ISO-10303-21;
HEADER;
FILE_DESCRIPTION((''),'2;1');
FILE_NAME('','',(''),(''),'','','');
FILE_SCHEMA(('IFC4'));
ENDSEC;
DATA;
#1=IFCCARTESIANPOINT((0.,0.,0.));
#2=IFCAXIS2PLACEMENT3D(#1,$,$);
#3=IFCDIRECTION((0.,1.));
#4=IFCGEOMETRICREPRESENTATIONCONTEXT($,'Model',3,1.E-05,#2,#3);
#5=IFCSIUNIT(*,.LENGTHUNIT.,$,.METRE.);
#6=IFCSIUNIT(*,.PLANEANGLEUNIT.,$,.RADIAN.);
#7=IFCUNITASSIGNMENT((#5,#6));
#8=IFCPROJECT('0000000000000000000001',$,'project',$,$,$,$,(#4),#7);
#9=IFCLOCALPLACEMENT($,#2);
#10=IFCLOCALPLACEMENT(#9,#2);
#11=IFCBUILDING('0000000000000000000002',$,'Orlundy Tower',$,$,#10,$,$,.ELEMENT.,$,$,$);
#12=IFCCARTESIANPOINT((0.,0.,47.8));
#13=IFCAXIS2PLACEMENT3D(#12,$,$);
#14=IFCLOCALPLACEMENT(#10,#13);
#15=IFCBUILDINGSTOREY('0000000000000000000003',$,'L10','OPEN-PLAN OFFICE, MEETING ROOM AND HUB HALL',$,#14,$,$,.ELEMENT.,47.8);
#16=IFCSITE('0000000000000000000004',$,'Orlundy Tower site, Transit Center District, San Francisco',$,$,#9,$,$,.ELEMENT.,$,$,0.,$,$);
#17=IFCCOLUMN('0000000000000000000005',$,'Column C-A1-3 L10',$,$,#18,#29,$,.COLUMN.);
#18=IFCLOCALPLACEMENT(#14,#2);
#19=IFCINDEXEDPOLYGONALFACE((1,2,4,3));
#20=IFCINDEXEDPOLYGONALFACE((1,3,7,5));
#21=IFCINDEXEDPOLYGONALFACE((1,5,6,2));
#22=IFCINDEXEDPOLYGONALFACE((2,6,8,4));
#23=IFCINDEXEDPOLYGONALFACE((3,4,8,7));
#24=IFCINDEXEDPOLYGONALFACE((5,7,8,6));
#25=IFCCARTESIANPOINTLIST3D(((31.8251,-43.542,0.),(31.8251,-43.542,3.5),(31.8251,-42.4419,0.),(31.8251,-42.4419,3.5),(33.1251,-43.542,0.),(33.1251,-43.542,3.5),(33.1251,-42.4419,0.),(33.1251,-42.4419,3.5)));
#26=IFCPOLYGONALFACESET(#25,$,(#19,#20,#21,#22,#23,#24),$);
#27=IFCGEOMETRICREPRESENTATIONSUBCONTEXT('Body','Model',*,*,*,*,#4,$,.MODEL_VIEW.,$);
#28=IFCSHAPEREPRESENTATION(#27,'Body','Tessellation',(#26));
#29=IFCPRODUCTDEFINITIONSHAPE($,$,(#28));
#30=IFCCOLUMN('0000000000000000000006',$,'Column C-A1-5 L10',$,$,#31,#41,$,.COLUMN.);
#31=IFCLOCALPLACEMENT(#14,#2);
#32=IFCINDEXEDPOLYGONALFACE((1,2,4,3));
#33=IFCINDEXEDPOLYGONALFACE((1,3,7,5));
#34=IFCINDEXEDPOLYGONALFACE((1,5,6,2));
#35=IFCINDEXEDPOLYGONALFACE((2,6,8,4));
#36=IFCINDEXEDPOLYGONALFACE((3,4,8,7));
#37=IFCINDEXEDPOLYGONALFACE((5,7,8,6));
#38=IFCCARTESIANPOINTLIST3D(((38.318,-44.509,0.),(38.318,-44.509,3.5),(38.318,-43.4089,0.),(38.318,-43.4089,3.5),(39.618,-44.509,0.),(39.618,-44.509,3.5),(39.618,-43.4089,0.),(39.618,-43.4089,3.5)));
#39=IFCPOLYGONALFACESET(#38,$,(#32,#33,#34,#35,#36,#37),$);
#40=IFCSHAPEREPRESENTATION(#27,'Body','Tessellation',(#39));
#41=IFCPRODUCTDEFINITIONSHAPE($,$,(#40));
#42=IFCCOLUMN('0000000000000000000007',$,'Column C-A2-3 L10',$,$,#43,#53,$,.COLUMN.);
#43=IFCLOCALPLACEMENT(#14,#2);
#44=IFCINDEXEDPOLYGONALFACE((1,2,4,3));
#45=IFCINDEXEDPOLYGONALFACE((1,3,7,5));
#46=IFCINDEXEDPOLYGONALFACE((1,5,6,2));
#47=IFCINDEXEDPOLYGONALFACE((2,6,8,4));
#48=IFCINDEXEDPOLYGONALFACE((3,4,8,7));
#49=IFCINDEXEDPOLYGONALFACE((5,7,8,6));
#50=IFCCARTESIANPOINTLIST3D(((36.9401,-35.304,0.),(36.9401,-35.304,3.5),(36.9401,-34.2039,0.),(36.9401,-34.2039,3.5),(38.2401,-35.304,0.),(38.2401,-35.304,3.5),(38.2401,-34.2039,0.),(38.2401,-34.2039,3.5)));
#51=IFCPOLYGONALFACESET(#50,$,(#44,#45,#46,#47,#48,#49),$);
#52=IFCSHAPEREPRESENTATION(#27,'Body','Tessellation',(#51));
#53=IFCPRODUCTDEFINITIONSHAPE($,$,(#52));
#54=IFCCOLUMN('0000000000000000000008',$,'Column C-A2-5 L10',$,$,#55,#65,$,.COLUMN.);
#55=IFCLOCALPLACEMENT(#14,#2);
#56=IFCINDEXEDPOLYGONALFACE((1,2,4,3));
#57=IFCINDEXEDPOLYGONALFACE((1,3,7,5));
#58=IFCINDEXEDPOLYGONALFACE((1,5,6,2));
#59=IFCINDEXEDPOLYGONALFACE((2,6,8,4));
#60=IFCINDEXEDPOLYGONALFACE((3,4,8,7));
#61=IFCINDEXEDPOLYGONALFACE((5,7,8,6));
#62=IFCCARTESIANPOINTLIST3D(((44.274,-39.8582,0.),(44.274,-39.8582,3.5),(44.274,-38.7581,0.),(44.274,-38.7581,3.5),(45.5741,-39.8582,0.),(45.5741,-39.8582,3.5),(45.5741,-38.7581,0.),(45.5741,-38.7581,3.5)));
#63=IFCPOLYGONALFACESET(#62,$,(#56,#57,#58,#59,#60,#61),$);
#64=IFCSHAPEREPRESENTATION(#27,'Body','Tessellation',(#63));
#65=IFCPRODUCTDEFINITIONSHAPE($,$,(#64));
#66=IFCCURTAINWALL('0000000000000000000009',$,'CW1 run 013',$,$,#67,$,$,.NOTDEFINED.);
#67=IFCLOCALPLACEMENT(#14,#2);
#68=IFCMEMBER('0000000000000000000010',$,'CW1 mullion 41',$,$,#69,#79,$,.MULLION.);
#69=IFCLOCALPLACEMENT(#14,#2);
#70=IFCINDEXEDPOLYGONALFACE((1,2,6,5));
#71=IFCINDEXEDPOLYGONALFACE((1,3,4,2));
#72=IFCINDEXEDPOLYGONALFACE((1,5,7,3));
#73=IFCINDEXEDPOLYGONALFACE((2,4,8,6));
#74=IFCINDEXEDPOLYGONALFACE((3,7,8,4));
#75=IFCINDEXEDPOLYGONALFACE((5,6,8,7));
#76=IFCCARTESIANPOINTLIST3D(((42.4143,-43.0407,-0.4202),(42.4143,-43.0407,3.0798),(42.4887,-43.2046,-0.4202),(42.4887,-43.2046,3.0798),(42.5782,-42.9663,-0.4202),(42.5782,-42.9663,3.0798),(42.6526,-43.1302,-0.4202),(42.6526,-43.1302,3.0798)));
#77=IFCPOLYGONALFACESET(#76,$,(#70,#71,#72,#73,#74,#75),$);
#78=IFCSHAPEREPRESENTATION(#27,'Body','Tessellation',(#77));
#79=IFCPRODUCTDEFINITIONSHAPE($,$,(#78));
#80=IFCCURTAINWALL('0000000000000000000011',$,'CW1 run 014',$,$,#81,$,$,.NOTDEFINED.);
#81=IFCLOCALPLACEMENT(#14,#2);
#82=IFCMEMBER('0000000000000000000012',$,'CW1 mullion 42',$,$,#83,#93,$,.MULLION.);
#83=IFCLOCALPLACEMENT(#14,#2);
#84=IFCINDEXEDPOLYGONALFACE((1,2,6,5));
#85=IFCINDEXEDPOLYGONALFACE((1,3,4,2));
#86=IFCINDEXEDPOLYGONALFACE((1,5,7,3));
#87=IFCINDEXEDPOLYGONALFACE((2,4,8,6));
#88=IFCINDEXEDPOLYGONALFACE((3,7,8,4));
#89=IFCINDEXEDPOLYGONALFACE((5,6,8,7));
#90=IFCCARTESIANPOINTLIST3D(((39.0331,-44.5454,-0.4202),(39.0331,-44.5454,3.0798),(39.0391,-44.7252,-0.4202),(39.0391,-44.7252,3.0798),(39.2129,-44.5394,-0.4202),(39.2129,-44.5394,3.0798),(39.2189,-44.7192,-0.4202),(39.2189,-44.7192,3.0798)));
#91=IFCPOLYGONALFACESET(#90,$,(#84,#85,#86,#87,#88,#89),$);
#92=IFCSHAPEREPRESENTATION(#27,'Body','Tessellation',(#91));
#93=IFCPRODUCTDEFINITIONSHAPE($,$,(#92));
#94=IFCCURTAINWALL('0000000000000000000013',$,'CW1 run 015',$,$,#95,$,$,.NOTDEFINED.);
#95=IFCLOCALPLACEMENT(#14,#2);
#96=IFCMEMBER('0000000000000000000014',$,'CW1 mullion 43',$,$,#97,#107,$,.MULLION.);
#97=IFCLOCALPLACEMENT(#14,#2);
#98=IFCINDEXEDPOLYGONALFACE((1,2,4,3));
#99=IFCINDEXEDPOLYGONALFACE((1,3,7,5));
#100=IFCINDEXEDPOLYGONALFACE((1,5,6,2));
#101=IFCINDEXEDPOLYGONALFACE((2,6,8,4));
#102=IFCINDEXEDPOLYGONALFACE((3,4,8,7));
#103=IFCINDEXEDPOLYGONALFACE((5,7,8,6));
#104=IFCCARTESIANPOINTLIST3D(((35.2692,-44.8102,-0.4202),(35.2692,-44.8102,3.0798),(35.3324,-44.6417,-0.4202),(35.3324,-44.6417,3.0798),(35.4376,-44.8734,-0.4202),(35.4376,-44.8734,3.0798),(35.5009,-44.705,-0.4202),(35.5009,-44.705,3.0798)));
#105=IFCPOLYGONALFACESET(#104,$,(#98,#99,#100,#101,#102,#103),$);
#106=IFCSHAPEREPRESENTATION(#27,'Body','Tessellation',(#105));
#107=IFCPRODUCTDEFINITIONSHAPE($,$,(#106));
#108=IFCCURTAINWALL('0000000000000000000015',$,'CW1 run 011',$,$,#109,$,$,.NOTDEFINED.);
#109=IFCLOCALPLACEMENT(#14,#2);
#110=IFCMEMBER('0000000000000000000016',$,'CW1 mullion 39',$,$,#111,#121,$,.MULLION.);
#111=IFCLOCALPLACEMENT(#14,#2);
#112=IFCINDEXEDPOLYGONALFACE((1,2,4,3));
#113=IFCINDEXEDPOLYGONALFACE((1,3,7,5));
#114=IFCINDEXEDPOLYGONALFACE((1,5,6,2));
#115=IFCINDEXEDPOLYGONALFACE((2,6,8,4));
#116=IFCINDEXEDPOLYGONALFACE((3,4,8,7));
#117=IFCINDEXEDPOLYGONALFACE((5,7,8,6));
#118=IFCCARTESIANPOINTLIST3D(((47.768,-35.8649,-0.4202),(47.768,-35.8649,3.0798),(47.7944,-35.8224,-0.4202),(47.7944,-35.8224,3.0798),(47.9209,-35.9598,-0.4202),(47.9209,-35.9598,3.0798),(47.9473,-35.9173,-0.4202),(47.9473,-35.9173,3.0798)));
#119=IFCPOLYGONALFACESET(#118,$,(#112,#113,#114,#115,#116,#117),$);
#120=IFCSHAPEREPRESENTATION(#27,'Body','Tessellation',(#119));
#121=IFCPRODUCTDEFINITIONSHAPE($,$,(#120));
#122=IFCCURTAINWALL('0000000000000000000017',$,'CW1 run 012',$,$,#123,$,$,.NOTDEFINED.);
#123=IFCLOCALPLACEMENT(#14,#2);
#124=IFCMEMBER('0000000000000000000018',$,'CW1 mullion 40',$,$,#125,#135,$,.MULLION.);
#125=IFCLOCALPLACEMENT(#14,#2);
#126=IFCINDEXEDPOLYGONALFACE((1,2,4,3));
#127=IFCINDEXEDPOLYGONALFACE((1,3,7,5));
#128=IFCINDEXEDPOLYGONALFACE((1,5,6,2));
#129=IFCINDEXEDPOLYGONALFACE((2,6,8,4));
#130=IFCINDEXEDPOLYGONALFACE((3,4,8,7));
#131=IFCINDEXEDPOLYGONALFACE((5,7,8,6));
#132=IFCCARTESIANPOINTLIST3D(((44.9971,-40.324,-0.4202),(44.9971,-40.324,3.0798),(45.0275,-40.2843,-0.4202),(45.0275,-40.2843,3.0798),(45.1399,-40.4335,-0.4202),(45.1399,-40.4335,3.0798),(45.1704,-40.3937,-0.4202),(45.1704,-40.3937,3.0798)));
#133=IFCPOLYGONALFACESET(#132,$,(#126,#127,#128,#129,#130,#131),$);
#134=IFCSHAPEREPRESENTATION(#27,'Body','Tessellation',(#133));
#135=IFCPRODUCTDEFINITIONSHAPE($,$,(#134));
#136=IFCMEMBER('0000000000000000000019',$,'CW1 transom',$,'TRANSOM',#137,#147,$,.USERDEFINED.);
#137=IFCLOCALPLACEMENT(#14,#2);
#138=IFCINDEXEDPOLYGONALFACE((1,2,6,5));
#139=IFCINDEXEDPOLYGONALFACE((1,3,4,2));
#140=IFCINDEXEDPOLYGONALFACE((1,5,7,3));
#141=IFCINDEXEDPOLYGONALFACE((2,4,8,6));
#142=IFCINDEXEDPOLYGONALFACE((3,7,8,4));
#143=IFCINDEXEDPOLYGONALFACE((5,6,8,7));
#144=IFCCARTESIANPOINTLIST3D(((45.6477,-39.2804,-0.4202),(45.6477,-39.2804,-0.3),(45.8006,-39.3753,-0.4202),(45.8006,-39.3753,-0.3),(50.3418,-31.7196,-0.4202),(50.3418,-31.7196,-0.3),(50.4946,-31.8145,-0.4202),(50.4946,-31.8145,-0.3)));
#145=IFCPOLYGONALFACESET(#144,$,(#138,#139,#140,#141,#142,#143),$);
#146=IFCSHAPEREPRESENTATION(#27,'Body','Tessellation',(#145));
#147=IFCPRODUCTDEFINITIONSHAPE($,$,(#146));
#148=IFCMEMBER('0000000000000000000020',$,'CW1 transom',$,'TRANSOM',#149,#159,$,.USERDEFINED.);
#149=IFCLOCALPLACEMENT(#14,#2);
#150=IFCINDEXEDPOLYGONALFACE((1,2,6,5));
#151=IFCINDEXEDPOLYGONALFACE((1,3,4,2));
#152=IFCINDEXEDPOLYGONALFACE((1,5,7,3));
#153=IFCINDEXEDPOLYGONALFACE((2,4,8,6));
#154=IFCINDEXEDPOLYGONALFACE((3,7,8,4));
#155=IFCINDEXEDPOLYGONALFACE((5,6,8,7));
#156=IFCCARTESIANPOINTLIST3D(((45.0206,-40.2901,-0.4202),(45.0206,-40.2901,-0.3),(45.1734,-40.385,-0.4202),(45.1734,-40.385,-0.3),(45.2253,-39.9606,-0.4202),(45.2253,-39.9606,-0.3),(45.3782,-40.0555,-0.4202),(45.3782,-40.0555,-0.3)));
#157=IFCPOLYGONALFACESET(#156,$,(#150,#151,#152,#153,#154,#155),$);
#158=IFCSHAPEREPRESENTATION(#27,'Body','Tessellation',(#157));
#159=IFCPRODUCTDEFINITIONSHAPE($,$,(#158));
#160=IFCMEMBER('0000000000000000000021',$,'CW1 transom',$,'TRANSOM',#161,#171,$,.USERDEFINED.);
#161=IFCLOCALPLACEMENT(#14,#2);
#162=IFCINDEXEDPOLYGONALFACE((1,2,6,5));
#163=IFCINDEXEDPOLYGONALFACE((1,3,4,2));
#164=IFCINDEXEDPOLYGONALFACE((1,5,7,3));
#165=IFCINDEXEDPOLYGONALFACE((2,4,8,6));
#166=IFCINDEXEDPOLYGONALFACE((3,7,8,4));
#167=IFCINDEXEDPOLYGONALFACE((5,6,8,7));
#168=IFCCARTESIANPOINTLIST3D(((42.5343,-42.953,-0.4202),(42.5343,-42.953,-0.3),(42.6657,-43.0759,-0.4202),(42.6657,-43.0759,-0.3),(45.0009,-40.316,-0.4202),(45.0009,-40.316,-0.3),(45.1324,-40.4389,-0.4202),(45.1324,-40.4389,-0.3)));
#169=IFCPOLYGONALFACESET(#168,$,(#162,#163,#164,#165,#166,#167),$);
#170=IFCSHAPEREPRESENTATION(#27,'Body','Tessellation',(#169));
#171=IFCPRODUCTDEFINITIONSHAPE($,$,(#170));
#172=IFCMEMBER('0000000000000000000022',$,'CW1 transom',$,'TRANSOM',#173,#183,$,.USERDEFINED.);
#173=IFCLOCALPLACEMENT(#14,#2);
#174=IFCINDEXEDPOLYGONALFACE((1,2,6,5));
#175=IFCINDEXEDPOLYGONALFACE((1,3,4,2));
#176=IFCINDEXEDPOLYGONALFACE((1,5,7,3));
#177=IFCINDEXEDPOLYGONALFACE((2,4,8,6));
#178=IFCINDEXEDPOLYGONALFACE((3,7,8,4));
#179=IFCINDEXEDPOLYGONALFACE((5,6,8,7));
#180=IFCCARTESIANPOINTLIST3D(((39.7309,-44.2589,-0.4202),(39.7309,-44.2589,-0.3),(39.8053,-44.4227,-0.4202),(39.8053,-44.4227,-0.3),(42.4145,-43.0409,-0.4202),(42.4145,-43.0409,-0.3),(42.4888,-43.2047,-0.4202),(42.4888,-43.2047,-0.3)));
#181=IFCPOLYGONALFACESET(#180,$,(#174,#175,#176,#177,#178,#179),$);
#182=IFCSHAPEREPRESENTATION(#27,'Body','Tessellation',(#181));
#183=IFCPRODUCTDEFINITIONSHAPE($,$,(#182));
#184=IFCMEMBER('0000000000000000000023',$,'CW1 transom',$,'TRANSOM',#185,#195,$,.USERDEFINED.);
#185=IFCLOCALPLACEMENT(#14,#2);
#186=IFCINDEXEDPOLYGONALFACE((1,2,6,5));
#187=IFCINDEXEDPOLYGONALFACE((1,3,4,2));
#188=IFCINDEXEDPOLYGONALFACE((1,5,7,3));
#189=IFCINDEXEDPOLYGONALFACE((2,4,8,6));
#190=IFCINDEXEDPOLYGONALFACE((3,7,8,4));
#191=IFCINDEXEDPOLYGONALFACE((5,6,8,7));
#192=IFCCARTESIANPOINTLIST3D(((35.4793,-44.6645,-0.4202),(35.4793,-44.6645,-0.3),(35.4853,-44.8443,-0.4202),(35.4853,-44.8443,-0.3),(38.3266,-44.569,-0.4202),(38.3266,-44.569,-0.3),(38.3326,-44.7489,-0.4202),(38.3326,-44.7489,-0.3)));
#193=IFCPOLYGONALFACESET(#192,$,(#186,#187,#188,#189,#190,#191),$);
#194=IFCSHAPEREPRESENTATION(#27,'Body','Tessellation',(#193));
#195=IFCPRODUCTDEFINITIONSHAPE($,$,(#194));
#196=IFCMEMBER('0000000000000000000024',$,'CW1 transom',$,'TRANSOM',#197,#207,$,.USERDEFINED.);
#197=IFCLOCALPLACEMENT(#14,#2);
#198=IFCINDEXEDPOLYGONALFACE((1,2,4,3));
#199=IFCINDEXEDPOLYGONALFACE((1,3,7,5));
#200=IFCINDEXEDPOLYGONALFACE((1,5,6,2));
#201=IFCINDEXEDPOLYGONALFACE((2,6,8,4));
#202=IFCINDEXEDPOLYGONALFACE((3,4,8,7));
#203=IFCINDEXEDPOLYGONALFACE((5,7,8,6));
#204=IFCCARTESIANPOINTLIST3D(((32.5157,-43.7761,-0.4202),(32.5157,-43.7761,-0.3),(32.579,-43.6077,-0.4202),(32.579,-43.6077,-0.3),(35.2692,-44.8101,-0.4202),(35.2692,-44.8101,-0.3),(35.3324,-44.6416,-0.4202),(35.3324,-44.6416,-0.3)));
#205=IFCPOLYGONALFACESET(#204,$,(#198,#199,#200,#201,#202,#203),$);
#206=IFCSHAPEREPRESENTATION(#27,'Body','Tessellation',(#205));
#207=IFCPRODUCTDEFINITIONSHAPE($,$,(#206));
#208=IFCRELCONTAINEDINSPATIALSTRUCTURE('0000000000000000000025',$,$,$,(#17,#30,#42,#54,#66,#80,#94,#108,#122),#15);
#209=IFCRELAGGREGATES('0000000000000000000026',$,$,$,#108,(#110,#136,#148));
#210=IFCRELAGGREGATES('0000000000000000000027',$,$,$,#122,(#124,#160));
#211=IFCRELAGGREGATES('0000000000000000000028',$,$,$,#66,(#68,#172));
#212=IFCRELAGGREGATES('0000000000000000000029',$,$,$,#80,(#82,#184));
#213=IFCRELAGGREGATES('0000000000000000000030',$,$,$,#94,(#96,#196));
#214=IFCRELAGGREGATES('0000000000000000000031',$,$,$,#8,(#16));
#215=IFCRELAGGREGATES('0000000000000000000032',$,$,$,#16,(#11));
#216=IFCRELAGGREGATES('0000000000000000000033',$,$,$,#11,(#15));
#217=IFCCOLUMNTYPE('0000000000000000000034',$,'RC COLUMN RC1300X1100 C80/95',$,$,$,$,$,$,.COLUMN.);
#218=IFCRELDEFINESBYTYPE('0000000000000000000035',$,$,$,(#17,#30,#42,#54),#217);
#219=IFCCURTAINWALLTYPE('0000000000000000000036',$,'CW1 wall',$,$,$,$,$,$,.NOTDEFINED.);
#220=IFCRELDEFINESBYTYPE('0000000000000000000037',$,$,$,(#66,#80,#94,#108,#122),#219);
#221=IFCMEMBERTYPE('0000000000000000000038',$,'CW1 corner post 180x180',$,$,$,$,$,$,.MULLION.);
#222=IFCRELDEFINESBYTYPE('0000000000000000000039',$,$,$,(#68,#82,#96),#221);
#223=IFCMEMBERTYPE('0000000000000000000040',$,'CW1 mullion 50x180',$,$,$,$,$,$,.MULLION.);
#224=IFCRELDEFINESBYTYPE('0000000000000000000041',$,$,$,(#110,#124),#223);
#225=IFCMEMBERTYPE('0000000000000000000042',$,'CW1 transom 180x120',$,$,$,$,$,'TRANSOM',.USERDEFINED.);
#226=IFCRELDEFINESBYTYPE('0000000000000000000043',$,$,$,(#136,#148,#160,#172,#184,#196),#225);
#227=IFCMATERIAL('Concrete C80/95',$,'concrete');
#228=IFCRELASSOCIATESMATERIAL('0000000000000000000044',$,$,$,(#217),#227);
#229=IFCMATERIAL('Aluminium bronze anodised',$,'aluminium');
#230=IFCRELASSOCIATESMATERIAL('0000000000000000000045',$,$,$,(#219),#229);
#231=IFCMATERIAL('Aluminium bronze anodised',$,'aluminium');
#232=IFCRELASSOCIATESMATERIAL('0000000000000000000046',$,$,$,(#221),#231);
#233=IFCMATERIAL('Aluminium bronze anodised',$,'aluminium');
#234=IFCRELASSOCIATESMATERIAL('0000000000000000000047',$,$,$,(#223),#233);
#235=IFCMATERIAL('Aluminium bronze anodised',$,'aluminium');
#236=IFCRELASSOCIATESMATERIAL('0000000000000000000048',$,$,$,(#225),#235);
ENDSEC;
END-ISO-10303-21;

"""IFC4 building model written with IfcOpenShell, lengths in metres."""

from ifc_helpers import new_model, si_unit, direction, frame, origin, origin_2d, place, context, subcontext, project, spatial, rectangle, extrude, material, material_profile, profile_set, type_object, element, aggregate, save


model = new_model("IFC4")

# Units and contexts
model_context = context("Model", 3, precision=1e-05, world=origin(), true_north=direction((0.0, 1.0)))
body_context = subcontext(model_context, "Body", "Model", "MODEL_VIEW")
ifc_project = project(units=[si_unit("LENGTHUNIT", "METRE"), si_unit("PLANEANGLEUNIT", "RADIAN")], contexts=[model_context])

# Site, building, storey
site_placement = place(None, origin())
site = spatial("IfcSite", under=ifc_project, at=site_placement, Name="Orlundy Tower site, Transit Center District, San Francisco", CompositionType="ELEMENT", RefElevation=0.0)
building_placement = place(site_placement, origin())
building = spatial("IfcBuilding", under=site, at=building_placement, Name="Orlundy Tower", CompositionType="ELEMENT")
storey_placement = place(building_placement, frame((0.0, 0.0, 47.8)))
storey = spatial("IfcBuildingStorey", under=building, at=storey_placement, Name="L10", Description="OPEN-PLAN OFFICE, MEETING ROOM AND HUB HALL", CompositionType="ELEMENT", Elevation=47.8)

# Columns
ifc_material_1 = material(Name="Concrete C80/95", Category="concrete")
ifc_material_profile_1 = material_profile(ifc_material_1, rectangle(XDim=1.3, YDim=1.1001, at=origin_2d()), Name="RC1300X1100")
ifc_profile_set_1 = profile_set([ifc_material_profile_1], Name="Concrete C80/95")
column_type = type_object("IfcColumnType", Name="RC COLUMN RC1300X1100 C80/95", PredefinedType="COLUMN", material=ifc_profile_set_1)
for number, where, z_axis, x_axis, name in (
    (1, (32.4751, -42.9919, 0.0), (0.0, 0.0, 1.0), (1.0, 0.0, 0.0), "Column C-A1-3 L10"),
    (2, (38.968, -43.959, 0.0), (0.0, 0.0, 1.0), (1.0, 0.0, 0.0), "Column C-A1-5 L10"),
    (3, (37.5901, -34.7539, 0.0), (0.0, 0.0, 1.0), (1.0, 0.0, 0.0), "Column C-A2-3 L10"),
    (4, (44.9241, -39.3081, 0.0), (0.0, 0.0, 1.0), (1.0, 0.0, 0.0), "Column C-A2-5 L10"),
):
    element("IfcColumn", number, at=place(storey_placement, frame(where, z_axis=z_axis, x_axis=x_axis)), inside=storey, type_object=column_type, Name=name, PredefinedType="COLUMN", context=body_context, shape_type="SweptSolid", body=[
        extrude(rectangle(XDim=1.3, YDim=1.1001, at=origin_2d()), origin(), (0.0, 0.0, 1.0), 3.5),
    ])

# Curtain walls, members
ifc_material_2 = material(Name="Aluminium bronze anodised", Category="aluminium")
curtain_wall_type = type_object("IfcCurtainWallType", Name="CW1 wall", PredefinedType="NOTDEFINED", material=ifc_material_2)
curtain_wall_1_placement = place(storey_placement, origin())
curtain_wall_1 = element("IfcCurtainWall", 5, at=curtain_wall_1_placement, inside=storey, type_object=curtain_wall_type, Name="CW1 run 013", PredefinedType="NOTDEFINED")
ifc_material_3 = material(Name="Aluminium bronze anodised", Category="aluminium")
ifc_material_profile_2 = material_profile(ifc_material_3, rectangle(XDim=0.1799, YDim=0.1799, at=origin_2d()), Name="CW1 corner post 180x180")
ifc_profile_set_2 = profile_set([ifc_material_profile_2], Name="Aluminium bronze anodised")
member_type_1 = type_object("IfcMemberType", Name="CW1 corner post 180x180", PredefinedType="MULLION", material=ifc_profile_set_2)
member_1_placement = place(storey_placement, frame((42.5334, -43.0854, -0.4202), z_axis=(0.0, 0.0, 1.0), x_axis=(0.413335, -0.910579, 0.0)))
member_1 = element("IfcMember", 6, at=member_1_placement, type_object=member_type_1, Name="CW1 mullion 41", PredefinedType="MULLION", context=body_context, shape_type="SweptSolid", body=[
    extrude(rectangle(XDim=0.1799, YDim=0.1799, at=origin_2d()), origin(), (0.0, 0.0, 1.0), 3.5),
])
curtain_wall_2_placement = place(storey_placement, origin())
curtain_wall_2 = element("IfcCurtainWall", 7, at=curtain_wall_2_placement, inside=storey, type_object=curtain_wall_type, Name="CW1 run 014", PredefinedType="NOTDEFINED")
member_2_placement = place(storey_placement, frame((39.126, -44.6323, -0.4202), z_axis=(0.0, 0.0, 1.0), x_axis=(0.03345, -0.99944, 0.0)))
member_2 = element("IfcMember", 8, at=member_2_placement, type_object=member_type_1, Name="CW1 mullion 42", PredefinedType="MULLION", context=body_context, shape_type="SweptSolid", body=[
    extrude(rectangle(XDim=0.1799, YDim=0.1799, at=origin_2d()), origin(), (0.0, 0.0, 1.0), 3.5),
])
curtain_wall_3_placement = place(storey_placement, origin())
curtain_wall_3 = element("IfcCurtainWall", 9, at=curtain_wall_3_placement, inside=storey, type_object=curtain_wall_type, Name="CW1 run 015", PredefinedType="NOTDEFINED")
member_3_placement = place(storey_placement, frame((35.385, -44.7576, -0.4202), z_axis=(0.0, 0.0, 1.0), x_axis=(-0.351537, -0.936174, 0.0)))
member_3 = element("IfcMember", 10, at=member_3_placement, type_object=member_type_1, Name="CW1 mullion 43", PredefinedType="MULLION", context=body_context, shape_type="SweptSolid", body=[
    extrude(rectangle(XDim=0.1799, YDim=0.1799, at=origin_2d()), origin(), (0.0, 0.0, 1.0), 3.5),
])
curtain_wall_4_placement = place(storey_placement, origin())
curtain_wall_4 = element("IfcCurtainWall", 11, at=curtain_wall_4_placement, inside=storey, type_object=curtain_wall_type, Name="CW1 run 011", PredefinedType="NOTDEFINED")
ifc_material_4 = material(Name="Aluminium bronze anodised", Category="aluminium")
ifc_material_profile_3 = material_profile(ifc_material_4, rectangle(XDim=0.1799, YDim=0.05, at=origin_2d()), Name="CW1 mullion 50x180")
ifc_profile_set_3 = profile_set([ifc_material_profile_3], Name="Aluminium bronze anodised")
member_type_2 = type_object("IfcMemberType", Name="CW1 mullion 50x180", PredefinedType="MULLION", material=ifc_profile_set_3)
member_4_placement = place(storey_placement, frame((47.8577, -35.8911, -0.4202), z_axis=(0.0, 0.0, 1.0), x_axis=(0.84957, -0.527475, 0.0)))
member_4 = element("IfcMember", 12, at=member_4_placement, type_object=member_type_2, Name="CW1 mullion 39", PredefinedType="MULLION", context=body_context, shape_type="SweptSolid", body=[
    extrude(rectangle(XDim=0.1799, YDim=0.05, at=origin_2d()), origin(), (0.0, 0.0, 1.0), 3.5),
])
curtain_wall_5_placement = place(storey_placement, origin())
curtain_wall_5 = element("IfcCurtainWall", 13, at=curtain_wall_5_placement, inside=storey, type_object=curtain_wall_type, Name="CW1 run 012", PredefinedType="NOTDEFINED")
member_5_placement = place(storey_placement, frame((45.0837, -40.3589, -0.4202), z_axis=(0.0, 0.0, 1.0), x_axis=(0.793768, -0.60822, 0.0)))
member_5 = element("IfcMember", 14, at=member_5_placement, type_object=member_type_2, Name="CW1 mullion 40", PredefinedType="MULLION", context=body_context, shape_type="SweptSolid", body=[
    extrude(rectangle(XDim=0.1799, YDim=0.05, at=origin_2d()), origin(), (0.0, 0.0, 1.0), 3.5),
])

# Members
ifc_material_5 = material(Name="Aluminium bronze anodised", Category="aluminium")
ifc_material_profile_4 = material_profile(ifc_material_5, rectangle(XDim=0.1799, YDim=0.1201, at=origin_2d()), Name="CW1 transom 180x120")
ifc_profile_set_4 = profile_set([ifc_material_profile_4], Name="Aluminium bronze anodised")
member_type_3 = type_object("IfcMemberType", Name="CW1 transom 180x120", ElementType="TRANSOM", PredefinedType="USERDEFINED", material=ifc_profile_set_4)
member_6_placement = place(storey_placement, frame((50.4182, -31.7671, -0.3601), z_axis=(-0.527459, -0.84958, 0.0), x_axis=(0.84958, -0.527459, 0.0)))
member_6 = element("IfcMember", 15, at=member_6_placement, type_object=member_type_3, Name="CW1 transom", ObjectType="TRANSOM", PredefinedType="USERDEFINED", context=body_context, shape_type="SweptSolid", body=[
    extrude(rectangle(XDim=0.1799, YDim=0.1201, at=origin_2d()), origin(), (0.0, 0.0, 1.0), 8.8994),
])
member_7_placement = place(storey_placement, frame((45.3018, -40.0081, -0.3601), z_axis=(-0.527848, -0.849339, 0.0), x_axis=(0.849339, -0.527848, 0.0)))
member_7 = element("IfcMember", 16, at=member_7_placement, type_object=member_type_3, Name="CW1 transom", ObjectType="TRANSOM", PredefinedType="USERDEFINED", context=body_context, shape_type="SweptSolid", body=[
    extrude(rectangle(XDim=0.1799, YDim=0.1201, at=origin_2d()), origin(), (0.0, 0.0, 1.0), 0.3879),
])
member_8_placement = place(storey_placement, frame((45.0667, -40.3774, -0.3601), z_axis=(-0.683115, -0.730311, 0.0), x_axis=(0.730311, -0.683115, 0.0)))
member_8 = element("IfcMember", 17, at=member_8_placement, type_object=member_type_3, Name="CW1 transom", ObjectType="TRANSOM", PredefinedType="USERDEFINED", context=body_context, shape_type="SweptSolid", body=[
    extrude(rectangle(XDim=0.1799, YDim=0.1201, at=origin_2d()), origin(), (0.0, 0.0, 1.0), 3.6108),
])
member_9_placement = place(storey_placement, frame((42.4517, -43.1228, -0.3601), z_axis=(-0.910596, -0.413297, 0.0), x_axis=(0.413297, -0.910596, 0.0)))
member_9 = element("IfcMember", 18, at=member_9_placement, type_object=member_type_3, Name="CW1 transom", ObjectType="TRANSOM", PredefinedType="USERDEFINED", context=body_context, shape_type="SweptSolid", body=[
    extrude(rectangle(XDim=0.1799, YDim=0.1201, at=origin_2d()), origin(), (0.0, 0.0, 1.0), 2.947),
])
member_10_placement = place(storey_placement, frame((38.3296, -44.6589, -0.3601), z_axis=(-0.999438, -0.033509, 0.0), x_axis=(0.033509, -0.999438, 0.0)))
member_10 = element("IfcMember", 19, at=member_10_placement, type_object=member_type_3, Name="CW1 transom", ObjectType="TRANSOM", PredefinedType="USERDEFINED", context=body_context, shape_type="SweptSolid", body=[
    extrude(rectangle(XDim=0.1799, YDim=0.1201, at=origin_2d()), origin(), (0.0, 0.0, 1.0), 2.8489),
])
member_11_placement = place(storey_placement, frame((35.3008, -44.7258, -0.3601), z_axis=(-0.936172, 0.351542, 0.0), x_axis=(-0.351542, -0.936172, 0.0)))
member_11 = element("IfcMember", 20, at=member_11_placement, type_object=member_type_3, Name="CW1 transom", ObjectType="TRANSOM", PredefinedType="USERDEFINED", context=body_context, shape_type="SweptSolid", body=[
    extrude(rectangle(XDim=0.1799, YDim=0.1201, at=origin_2d()), origin(), (0.0, 0.0, 1.0), 2.9412),
])

aggregate(curtain_wall_4, [member_4, member_6, member_7])
aggregate(curtain_wall_5, [member_5, member_8])
aggregate(curtain_wall_1, [member_1, member_9])
aggregate(curtain_wall_2, [member_2, member_10])
aggregate(curtain_wall_3, [member_3, member_11])

save(model, "model.ifc")
